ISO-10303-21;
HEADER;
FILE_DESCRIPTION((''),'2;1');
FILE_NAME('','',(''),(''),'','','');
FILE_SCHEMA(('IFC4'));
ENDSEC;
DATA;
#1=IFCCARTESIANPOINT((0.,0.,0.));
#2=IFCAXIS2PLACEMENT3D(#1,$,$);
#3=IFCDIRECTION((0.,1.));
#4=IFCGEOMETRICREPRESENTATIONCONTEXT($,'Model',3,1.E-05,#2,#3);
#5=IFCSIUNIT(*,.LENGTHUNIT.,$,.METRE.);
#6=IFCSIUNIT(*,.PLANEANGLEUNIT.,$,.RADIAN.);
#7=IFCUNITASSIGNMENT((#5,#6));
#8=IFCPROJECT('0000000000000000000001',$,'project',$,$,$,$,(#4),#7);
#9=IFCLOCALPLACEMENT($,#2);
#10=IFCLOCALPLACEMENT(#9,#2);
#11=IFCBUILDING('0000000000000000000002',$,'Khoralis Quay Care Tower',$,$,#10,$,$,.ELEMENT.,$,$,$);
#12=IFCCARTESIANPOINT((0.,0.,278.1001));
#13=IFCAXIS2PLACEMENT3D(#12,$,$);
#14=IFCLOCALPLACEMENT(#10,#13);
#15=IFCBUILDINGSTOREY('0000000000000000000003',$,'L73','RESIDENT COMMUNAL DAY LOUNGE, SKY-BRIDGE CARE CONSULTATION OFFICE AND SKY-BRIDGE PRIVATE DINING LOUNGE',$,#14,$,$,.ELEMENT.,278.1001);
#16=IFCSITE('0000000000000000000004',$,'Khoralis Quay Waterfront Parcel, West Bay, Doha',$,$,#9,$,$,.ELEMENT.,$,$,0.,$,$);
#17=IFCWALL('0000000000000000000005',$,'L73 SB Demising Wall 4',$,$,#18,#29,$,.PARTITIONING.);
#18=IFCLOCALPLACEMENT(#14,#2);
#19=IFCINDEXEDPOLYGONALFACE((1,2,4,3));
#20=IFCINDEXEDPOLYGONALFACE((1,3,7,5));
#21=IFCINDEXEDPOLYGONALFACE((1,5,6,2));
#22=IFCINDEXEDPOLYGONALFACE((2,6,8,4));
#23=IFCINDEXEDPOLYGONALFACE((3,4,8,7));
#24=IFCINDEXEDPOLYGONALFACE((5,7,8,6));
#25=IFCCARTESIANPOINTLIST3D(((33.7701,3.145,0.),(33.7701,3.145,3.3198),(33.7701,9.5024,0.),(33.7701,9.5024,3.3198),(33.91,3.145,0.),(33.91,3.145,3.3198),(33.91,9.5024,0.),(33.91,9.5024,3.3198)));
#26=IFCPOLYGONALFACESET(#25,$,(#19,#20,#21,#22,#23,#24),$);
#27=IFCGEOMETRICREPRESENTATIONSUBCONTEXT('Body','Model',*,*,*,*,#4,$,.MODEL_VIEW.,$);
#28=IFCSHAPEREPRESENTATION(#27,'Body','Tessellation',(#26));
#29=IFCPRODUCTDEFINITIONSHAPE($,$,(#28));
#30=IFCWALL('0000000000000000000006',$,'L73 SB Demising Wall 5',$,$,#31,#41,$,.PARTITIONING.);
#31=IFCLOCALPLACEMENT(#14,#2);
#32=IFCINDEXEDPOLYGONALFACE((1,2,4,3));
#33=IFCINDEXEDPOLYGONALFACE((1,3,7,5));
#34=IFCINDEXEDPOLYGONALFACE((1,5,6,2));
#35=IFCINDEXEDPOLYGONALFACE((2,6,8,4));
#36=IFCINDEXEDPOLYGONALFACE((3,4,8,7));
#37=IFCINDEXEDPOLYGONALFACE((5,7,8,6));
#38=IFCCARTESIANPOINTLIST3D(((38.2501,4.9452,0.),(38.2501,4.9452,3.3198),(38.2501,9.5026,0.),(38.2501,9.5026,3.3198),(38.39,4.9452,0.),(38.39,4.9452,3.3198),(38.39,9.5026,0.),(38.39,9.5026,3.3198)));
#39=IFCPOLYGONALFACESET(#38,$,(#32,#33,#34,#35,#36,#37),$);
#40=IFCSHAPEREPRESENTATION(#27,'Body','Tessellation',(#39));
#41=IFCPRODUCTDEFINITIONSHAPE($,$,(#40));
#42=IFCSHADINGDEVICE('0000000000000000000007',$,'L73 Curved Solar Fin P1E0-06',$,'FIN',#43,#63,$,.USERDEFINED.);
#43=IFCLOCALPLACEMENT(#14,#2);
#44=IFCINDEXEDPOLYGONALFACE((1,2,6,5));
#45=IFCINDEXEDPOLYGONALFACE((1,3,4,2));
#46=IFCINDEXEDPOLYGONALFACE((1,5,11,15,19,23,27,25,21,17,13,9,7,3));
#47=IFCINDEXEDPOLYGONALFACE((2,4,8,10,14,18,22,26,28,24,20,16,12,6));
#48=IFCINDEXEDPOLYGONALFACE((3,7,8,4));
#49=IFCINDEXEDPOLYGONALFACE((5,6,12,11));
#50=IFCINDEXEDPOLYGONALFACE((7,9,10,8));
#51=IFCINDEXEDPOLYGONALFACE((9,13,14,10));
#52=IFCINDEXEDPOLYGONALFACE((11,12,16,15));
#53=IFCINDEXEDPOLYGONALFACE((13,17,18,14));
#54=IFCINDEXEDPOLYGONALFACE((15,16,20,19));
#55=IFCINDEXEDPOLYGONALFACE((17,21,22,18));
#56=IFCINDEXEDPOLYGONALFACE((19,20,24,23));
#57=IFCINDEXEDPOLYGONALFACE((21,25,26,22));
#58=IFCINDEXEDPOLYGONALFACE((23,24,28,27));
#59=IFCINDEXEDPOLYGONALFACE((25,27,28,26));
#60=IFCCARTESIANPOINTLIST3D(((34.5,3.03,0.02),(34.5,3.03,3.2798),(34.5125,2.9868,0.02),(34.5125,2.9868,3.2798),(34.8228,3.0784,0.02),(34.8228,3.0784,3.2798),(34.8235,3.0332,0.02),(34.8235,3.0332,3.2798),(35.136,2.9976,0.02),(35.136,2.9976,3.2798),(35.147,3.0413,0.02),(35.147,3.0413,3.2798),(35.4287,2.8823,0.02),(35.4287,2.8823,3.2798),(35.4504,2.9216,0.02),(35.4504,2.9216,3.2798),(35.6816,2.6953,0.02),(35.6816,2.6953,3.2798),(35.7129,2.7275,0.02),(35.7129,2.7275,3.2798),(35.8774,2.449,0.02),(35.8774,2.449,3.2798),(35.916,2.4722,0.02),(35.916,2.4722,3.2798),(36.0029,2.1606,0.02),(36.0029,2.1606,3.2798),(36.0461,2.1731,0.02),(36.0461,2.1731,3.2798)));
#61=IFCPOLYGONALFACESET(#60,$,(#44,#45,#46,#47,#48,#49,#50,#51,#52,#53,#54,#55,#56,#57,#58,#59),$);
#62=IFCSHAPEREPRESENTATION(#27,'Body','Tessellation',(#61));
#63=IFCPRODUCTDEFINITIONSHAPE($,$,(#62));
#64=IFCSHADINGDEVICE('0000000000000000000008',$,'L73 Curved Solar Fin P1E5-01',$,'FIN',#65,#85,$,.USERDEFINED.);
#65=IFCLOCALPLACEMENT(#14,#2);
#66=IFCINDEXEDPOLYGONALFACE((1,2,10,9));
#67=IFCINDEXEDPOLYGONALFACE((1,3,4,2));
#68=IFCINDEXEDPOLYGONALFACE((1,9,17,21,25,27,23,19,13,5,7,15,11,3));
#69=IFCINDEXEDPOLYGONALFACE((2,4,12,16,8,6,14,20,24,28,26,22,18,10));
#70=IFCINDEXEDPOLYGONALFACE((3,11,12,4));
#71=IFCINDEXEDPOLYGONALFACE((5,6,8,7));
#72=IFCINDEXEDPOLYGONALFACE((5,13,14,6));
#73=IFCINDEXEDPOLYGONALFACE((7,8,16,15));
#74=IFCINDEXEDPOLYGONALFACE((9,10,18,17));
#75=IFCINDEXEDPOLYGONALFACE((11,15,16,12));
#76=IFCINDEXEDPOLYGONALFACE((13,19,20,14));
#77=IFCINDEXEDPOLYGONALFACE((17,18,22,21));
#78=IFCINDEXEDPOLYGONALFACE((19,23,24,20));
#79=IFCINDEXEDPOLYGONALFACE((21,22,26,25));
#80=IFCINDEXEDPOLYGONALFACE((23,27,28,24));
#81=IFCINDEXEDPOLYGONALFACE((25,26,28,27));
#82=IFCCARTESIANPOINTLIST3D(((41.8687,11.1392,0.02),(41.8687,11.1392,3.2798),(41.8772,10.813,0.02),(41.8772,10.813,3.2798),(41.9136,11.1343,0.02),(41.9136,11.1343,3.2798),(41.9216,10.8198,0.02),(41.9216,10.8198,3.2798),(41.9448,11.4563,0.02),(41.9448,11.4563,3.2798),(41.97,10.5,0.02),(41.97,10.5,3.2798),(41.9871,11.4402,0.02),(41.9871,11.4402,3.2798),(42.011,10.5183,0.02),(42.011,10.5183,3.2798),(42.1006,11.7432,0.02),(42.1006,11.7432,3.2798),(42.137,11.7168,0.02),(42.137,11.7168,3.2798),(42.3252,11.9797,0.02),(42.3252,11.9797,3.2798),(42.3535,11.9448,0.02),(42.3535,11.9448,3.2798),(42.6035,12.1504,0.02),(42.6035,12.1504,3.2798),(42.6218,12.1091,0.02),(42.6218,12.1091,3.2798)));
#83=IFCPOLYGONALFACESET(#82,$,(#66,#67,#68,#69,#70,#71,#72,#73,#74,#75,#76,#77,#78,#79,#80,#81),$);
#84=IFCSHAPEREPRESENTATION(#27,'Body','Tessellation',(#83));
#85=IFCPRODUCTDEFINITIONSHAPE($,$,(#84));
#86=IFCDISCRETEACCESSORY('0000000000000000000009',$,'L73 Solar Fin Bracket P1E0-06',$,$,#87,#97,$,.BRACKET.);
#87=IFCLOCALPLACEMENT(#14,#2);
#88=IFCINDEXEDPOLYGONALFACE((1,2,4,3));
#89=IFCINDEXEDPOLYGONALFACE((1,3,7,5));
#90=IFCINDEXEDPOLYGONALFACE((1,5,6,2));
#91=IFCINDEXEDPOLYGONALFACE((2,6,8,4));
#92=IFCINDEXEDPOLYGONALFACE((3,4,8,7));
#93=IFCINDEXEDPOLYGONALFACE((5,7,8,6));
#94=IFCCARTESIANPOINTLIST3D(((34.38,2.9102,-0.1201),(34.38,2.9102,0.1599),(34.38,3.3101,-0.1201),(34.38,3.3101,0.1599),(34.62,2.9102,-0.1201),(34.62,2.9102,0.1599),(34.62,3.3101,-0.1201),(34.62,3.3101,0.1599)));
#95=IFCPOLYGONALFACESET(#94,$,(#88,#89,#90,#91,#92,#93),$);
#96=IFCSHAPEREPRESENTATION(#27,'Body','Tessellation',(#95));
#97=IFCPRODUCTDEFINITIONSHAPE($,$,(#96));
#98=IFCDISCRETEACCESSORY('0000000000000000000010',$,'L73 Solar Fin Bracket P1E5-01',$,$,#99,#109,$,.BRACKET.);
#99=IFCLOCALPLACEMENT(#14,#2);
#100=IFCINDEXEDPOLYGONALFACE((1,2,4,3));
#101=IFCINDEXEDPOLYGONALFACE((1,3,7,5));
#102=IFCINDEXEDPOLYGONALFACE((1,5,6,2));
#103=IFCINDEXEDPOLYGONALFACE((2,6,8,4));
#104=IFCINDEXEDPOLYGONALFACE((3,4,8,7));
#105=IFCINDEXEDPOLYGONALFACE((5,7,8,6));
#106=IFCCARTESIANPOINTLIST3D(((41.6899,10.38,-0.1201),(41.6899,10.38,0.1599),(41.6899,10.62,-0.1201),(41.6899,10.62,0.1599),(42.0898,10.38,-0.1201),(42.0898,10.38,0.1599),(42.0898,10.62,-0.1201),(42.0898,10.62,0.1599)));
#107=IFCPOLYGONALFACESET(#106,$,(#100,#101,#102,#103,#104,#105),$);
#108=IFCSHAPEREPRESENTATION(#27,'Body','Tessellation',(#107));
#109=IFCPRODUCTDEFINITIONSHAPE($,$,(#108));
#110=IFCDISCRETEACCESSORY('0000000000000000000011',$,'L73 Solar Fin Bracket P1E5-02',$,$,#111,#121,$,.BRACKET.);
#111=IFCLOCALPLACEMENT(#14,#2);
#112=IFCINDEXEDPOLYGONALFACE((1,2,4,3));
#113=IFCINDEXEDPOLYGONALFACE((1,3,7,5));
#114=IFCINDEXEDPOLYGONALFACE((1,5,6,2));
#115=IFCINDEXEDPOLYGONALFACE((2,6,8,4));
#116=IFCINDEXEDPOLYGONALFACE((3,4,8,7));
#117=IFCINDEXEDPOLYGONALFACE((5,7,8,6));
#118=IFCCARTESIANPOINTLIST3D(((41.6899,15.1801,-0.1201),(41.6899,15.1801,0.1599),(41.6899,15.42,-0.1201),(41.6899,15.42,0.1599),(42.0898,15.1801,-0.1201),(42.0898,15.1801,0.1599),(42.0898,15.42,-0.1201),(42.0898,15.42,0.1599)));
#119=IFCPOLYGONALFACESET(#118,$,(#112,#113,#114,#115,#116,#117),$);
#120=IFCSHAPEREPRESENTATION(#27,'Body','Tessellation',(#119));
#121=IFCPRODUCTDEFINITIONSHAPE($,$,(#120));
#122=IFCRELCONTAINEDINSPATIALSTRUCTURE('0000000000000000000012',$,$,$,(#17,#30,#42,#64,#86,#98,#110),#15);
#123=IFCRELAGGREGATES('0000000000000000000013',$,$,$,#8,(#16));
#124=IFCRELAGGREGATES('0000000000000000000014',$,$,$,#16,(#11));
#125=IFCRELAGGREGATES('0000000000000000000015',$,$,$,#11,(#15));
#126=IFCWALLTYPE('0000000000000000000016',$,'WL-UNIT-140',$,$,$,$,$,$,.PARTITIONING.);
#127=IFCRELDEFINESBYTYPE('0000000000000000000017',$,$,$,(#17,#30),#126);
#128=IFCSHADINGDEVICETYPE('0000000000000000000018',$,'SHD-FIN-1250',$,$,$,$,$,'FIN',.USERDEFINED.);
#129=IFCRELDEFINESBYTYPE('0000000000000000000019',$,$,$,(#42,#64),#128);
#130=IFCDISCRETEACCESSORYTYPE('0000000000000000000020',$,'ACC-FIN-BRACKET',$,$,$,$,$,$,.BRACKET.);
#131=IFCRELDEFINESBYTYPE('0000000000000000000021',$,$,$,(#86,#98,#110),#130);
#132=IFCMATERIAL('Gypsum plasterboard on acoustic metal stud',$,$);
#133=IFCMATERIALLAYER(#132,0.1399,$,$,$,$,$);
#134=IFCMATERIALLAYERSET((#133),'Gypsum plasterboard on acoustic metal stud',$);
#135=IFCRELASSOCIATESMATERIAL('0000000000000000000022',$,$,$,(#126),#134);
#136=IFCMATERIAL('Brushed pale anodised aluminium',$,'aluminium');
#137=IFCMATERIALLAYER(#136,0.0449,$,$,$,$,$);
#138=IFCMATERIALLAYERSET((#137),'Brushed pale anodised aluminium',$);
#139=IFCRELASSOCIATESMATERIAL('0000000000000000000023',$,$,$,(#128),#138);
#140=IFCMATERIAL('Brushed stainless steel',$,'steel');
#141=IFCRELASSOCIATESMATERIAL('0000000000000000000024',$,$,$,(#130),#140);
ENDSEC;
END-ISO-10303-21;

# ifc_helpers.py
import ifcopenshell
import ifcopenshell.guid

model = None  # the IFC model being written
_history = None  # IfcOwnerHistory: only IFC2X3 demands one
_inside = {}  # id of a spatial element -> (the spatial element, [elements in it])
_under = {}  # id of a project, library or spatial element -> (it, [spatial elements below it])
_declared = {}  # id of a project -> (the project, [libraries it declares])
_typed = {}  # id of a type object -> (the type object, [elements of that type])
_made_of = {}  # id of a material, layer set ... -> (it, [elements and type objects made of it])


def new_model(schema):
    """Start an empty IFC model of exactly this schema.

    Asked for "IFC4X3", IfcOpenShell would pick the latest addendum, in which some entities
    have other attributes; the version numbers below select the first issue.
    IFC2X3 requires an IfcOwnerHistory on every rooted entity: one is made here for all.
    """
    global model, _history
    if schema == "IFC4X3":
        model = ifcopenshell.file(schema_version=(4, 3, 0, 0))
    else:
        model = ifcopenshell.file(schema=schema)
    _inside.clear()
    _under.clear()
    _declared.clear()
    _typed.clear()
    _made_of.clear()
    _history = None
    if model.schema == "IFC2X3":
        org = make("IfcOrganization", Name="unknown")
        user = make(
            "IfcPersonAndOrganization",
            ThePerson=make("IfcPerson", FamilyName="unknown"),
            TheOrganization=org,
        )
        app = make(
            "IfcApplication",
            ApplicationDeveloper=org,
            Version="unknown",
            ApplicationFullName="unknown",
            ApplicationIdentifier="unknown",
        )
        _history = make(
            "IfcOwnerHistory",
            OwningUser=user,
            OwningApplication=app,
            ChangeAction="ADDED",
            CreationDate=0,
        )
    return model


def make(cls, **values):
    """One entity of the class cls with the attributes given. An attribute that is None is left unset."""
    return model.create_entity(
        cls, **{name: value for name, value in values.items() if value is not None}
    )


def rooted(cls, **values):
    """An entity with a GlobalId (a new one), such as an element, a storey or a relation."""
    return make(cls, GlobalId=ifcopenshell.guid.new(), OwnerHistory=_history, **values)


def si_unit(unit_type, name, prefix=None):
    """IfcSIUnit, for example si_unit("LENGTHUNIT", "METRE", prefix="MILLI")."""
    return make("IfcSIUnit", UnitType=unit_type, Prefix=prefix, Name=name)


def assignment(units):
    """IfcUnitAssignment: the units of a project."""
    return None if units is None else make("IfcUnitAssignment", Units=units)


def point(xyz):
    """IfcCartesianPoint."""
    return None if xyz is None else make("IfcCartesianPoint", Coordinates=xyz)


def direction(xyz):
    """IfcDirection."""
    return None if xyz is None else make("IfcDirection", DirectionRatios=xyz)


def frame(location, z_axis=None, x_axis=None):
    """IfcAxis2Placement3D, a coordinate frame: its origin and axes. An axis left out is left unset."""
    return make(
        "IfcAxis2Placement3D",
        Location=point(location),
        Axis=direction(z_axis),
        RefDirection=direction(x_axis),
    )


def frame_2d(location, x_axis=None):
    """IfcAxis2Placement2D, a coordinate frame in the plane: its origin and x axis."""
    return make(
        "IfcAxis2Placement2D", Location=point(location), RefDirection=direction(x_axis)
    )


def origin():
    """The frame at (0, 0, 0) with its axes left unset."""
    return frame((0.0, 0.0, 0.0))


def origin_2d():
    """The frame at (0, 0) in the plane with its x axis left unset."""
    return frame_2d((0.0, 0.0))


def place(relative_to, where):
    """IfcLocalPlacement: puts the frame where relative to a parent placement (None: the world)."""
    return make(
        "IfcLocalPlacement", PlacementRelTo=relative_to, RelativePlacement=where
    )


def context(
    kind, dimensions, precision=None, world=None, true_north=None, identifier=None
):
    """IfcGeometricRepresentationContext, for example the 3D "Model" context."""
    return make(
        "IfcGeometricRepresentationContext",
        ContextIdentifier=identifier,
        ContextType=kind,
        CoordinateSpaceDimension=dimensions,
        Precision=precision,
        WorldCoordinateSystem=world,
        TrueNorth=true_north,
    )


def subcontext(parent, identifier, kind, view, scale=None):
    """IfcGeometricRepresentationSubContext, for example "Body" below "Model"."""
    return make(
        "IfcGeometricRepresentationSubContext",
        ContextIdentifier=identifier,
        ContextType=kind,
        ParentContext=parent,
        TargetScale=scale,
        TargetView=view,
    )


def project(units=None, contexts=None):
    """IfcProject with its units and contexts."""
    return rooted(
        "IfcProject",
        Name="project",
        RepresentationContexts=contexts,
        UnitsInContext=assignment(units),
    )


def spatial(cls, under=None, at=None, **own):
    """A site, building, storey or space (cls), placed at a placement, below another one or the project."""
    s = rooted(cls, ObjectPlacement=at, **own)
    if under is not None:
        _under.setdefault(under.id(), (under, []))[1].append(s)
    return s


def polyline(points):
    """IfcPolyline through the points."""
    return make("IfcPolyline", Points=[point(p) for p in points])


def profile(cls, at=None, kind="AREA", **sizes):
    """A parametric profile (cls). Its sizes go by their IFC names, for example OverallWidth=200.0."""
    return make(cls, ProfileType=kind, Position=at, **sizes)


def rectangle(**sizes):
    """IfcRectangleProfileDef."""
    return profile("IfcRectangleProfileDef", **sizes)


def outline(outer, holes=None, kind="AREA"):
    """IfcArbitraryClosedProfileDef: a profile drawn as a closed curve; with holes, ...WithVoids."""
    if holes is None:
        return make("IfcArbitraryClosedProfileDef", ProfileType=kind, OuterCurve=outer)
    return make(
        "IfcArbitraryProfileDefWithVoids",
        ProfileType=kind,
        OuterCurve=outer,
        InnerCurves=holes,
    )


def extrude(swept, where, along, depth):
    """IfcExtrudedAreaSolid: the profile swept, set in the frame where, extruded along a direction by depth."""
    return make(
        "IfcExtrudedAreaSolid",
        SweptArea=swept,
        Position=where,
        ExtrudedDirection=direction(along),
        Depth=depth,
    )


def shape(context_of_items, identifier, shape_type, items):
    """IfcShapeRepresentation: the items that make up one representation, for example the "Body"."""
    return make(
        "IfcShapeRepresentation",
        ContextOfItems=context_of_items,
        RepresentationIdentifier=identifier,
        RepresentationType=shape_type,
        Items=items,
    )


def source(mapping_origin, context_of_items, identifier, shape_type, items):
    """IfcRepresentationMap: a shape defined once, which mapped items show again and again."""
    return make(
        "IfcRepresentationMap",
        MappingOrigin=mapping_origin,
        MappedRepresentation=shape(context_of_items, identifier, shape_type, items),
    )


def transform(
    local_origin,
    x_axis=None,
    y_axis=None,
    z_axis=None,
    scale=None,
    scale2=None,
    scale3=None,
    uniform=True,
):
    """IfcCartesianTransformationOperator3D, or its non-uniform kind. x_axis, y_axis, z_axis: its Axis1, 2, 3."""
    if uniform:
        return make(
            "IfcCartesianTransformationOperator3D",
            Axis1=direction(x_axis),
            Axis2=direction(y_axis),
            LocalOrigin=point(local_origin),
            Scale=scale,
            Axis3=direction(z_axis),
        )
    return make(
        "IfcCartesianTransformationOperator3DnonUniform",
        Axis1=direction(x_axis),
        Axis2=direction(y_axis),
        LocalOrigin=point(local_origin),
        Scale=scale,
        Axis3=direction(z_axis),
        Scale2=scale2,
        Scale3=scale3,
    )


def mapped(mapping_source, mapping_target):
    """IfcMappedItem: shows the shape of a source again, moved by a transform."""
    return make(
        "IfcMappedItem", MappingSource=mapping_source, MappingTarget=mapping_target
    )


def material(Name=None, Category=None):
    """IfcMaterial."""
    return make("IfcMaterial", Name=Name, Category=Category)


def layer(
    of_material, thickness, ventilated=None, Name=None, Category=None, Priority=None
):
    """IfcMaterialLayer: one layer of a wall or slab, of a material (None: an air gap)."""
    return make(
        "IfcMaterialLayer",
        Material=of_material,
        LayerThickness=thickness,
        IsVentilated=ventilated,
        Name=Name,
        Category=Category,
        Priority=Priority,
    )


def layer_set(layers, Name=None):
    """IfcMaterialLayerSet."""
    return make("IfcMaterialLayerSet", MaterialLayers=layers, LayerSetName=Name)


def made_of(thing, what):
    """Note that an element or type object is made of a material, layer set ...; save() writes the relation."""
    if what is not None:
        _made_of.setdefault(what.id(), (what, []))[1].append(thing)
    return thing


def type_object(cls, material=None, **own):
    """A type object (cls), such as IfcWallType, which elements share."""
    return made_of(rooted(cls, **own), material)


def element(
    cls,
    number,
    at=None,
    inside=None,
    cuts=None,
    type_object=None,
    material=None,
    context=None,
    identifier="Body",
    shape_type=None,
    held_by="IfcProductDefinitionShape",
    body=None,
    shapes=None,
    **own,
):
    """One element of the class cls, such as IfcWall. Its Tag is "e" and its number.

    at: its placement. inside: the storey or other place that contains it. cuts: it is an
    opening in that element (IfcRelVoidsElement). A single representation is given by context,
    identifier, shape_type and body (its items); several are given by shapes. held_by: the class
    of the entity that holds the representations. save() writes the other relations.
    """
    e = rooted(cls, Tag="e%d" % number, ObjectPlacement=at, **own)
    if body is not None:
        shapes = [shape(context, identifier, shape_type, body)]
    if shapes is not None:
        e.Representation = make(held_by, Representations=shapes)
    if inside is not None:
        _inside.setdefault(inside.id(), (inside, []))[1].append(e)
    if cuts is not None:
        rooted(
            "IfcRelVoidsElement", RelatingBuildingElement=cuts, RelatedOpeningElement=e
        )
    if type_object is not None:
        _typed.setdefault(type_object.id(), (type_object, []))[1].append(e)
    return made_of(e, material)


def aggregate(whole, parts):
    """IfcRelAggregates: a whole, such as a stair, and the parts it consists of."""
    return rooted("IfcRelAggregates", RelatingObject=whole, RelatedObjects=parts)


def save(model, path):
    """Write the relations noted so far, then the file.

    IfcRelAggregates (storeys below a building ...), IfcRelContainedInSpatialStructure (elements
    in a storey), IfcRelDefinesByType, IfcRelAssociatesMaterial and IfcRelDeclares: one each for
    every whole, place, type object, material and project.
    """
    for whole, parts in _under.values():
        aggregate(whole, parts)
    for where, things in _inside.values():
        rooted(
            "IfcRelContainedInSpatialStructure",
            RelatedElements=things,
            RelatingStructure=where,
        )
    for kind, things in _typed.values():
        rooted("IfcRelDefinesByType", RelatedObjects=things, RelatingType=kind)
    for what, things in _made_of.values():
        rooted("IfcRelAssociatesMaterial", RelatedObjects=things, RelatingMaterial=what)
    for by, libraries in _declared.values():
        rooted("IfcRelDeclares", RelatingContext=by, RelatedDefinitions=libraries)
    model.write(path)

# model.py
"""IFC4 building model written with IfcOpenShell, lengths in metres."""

from ifc_helpers import new_model, si_unit, direction, frame, frame_2d, origin, origin_2d, place, context, subcontext, project, spatial, polyline, rectangle, outline, extrude, source, transform, mapped, material, layer, layer_set, type_object, element, save


model = new_model("IFC4")

# Units and contexts
model_context = context("Model", 3, precision=1e-05, world=origin(), true_north=direction((0.0, 1.0)))
body_context = subcontext(model_context, "Body", "Model", "MODEL_VIEW")
ifc_project = project(units=[si_unit("LENGTHUNIT", "METRE"), si_unit("PLANEANGLEUNIT", "RADIAN")], contexts=[model_context])

# Site, building, storey
site_placement = place(None, origin())
site = spatial("IfcSite", under=ifc_project, at=site_placement, Name="Khoralis Quay Waterfront Parcel, West Bay, Doha", CompositionType="ELEMENT", RefElevation=0.0)
building_placement = place(site_placement, origin())
building = spatial("IfcBuilding", under=site, at=building_placement, Name="Khoralis Quay Care Tower", CompositionType="ELEMENT")
storey_placement = place(building_placement, frame((0.0, 0.0, 278.1001)))
storey = spatial("IfcBuildingStorey", under=building, at=storey_placement, Name="L73", Description="RESIDENT COMMUNAL DAY LOUNGE, SKY-BRIDGE CARE CONSULTATION OFFICE AND SKY-BRIDGE PRIVATE DINING LOUNGE", CompositionType="ELEMENT", Elevation=278.1001)

# Shared definitions
ifc_material_1 = material(Name="Gypsum plasterboard on acoustic metal stud")

# Walls
ifc_layer_1 = layer(ifc_material_1, 0.1399)
ifc_layer_set_1 = layer_set([ifc_layer_1], Name="Gypsum plasterboard on acoustic metal stud")
wall_type_1 = type_object("IfcWallType", Name="WL-UNIT-140", PredefinedType="PARTITIONING", material=ifc_layer_set_1)
wall_1_placement = place(storey_placement, frame((33.8401, 3.145, 0.0), z_axis=(0.0, 0.0, 1.0), x_axis=(0.0, 1.0, 0.0)))
element("IfcWall", 1, at=wall_1_placement, inside=storey, type_object=wall_type_1, Name="L73 SB Demising Wall 4", PredefinedType="PARTITIONING", context=body_context, shape_type="SweptSolid", body=[
    extrude(rectangle(XDim=6.3574, YDim=0.1399, at=frame_2d((3.1787, 0.0))), origin(), (0.0, 0.0, 1.0), 3.3198),
])
wall_2_placement = place(storey_placement, frame((38.3201, 4.9451, 0.0), z_axis=(0.0, 0.0, 1.0), x_axis=(0.0, 1.0, 0.0)))
element("IfcWall", 2, at=wall_2_placement, inside=storey, type_object=wall_type_1, Name="L73 SB Demising Wall 5", PredefinedType="PARTITIONING", context=body_context, shape_type="SweptSolid", body=[
    extrude(rectangle(XDim=4.5574, YDim=0.1399, at=frame_2d((2.2788, 0.0))), origin(), (0.0, 0.0, 1.0), 3.3198),
])

# Shading devices
ifc_material_2 = material(Name="Brushed pale anodised aluminium", Category="aluminium")
ifc_layer_2 = layer(ifc_material_2, 0.0449)
ifc_layer_set_2 = layer_set([ifc_layer_2], Name="Brushed pale anodised aluminium")
shading_device_type = type_object("IfcShadingDeviceType", Name="SHD-FIN-1250", ElementType="FIN", PredefinedType="USERDEFINED", material=ifc_layer_set_2)
shared_shape_1 = source(origin(), body_context, "Body", "SweptSolid", [
    extrude(outline(polyline([(0.0, 0.0), (-0.0483, 0.3228), (-0.0112, 0.647), (0.1084, 0.9504), (0.3025, 1.2129), (0.5579, 1.416), (0.8569, 1.5461), (0.8694, 1.5029), (0.5811, 1.3774), (0.3347, 1.1816), (0.1477, 0.9287), (0.0325, 0.636), (-0.0032, 0.3235), (0.0432, 0.0125), (0.0, 0.0)])), origin(), (0.0, 0.0, 1.0), 3.2598),
])
shading_device_1_placement = place(storey_placement, frame((34.5, 3.03, 0.02), z_axis=(0.0, 0.0, 1.0), x_axis=(0.0, -1.0, 0.0)))
element("IfcShadingDevice", 3, at=shading_device_1_placement, inside=storey, type_object=shading_device_type, Name="L73 Curved Solar Fin P1E0-06", ObjectType="FIN", PredefinedType="USERDEFINED", context=body_context, shape_type="MappedRepresentation", body=[
    mapped(shared_shape_1, transform((0.0, 0.0, 0.0), scale=1.0)),
])
shared_shape_2 = source(origin(), body_context, "Body", "SweptSolid", [
    extrude(outline(polyline([(0.0, 0.0), (-0.0928, 0.313), (-0.1013, 0.6392), (-0.0251, 0.9563), (0.1306, 1.2432), (0.3552, 1.4797), (0.6335, 1.6504), (0.6519, 1.6091), (0.3835, 1.4448), (0.167, 1.2168), (0.0171, 0.9402), (-0.0564, 0.6343), (-0.0483, 0.3198), (0.041, 0.0183), (0.0, 0.0)])), origin(), (0.0, 0.0, 1.0), 3.2598),
])
shading_device_2_placement = place(storey_placement, frame((41.97, 10.5, 0.02), z_axis=(0.0, 0.0, 1.0), x_axis=(1.0, 0.0, 0.0)))
element("IfcShadingDevice", 4, at=shading_device_2_placement, inside=storey, type_object=shading_device_type, Name="L73 Curved Solar Fin P1E5-01", ObjectType="FIN", PredefinedType="USERDEFINED", context=body_context, shape_type="MappedRepresentation", body=[
    mapped(shared_shape_2, transform((0.0, 0.0, 0.0), scale=1.0)),
])

# Discrete accessories
ifc_material_3 = material(Name="Brushed stainless steel", Category="steel")
discrete_accessory_type = type_object("IfcDiscreteAccessoryType", Name="ACC-FIN-BRACKET", PredefinedType="BRACKET", material=ifc_material_3)
shared_shape_3 = source(origin(), body_context, "Body", "SweptSolid", [
    extrude(rectangle(XDim=0.3999, YDim=0.24, at=origin_2d()), origin(), (0.0, 0.0, 1.0), 0.28),
])
for number, where, z_axis, x_axis, name in (
    (5, (34.5, 3.1101, -0.1201), (0.0, 0.0, 1.0), (0.0, -1.0, 0.0), "L73 Solar Fin Bracket P1E0-06"),
    (6, (41.8899, 10.5, -0.1201), (0.0, 0.0, 1.0), (1.0, 0.0, 0.0), "L73 Solar Fin Bracket P1E5-01"),
    (7, (41.8899, 15.3, -0.1201), (0.0, 0.0, 1.0), (1.0, 0.0, 0.0), "L73 Solar Fin Bracket P1E5-02"),
):
    element("IfcDiscreteAccessory", number, at=place(storey_placement, frame(where, z_axis=z_axis, x_axis=x_axis)), inside=storey, type_object=discrete_accessory_type, Name=name, PredefinedType="BRACKET", context=body_context, shape_type="MappedRepresentation", body=[
        mapped(shared_shape_3, transform((0.0, 0.0, 0.0), scale=1.0)),
    ])

save(model, "model.ifc")
